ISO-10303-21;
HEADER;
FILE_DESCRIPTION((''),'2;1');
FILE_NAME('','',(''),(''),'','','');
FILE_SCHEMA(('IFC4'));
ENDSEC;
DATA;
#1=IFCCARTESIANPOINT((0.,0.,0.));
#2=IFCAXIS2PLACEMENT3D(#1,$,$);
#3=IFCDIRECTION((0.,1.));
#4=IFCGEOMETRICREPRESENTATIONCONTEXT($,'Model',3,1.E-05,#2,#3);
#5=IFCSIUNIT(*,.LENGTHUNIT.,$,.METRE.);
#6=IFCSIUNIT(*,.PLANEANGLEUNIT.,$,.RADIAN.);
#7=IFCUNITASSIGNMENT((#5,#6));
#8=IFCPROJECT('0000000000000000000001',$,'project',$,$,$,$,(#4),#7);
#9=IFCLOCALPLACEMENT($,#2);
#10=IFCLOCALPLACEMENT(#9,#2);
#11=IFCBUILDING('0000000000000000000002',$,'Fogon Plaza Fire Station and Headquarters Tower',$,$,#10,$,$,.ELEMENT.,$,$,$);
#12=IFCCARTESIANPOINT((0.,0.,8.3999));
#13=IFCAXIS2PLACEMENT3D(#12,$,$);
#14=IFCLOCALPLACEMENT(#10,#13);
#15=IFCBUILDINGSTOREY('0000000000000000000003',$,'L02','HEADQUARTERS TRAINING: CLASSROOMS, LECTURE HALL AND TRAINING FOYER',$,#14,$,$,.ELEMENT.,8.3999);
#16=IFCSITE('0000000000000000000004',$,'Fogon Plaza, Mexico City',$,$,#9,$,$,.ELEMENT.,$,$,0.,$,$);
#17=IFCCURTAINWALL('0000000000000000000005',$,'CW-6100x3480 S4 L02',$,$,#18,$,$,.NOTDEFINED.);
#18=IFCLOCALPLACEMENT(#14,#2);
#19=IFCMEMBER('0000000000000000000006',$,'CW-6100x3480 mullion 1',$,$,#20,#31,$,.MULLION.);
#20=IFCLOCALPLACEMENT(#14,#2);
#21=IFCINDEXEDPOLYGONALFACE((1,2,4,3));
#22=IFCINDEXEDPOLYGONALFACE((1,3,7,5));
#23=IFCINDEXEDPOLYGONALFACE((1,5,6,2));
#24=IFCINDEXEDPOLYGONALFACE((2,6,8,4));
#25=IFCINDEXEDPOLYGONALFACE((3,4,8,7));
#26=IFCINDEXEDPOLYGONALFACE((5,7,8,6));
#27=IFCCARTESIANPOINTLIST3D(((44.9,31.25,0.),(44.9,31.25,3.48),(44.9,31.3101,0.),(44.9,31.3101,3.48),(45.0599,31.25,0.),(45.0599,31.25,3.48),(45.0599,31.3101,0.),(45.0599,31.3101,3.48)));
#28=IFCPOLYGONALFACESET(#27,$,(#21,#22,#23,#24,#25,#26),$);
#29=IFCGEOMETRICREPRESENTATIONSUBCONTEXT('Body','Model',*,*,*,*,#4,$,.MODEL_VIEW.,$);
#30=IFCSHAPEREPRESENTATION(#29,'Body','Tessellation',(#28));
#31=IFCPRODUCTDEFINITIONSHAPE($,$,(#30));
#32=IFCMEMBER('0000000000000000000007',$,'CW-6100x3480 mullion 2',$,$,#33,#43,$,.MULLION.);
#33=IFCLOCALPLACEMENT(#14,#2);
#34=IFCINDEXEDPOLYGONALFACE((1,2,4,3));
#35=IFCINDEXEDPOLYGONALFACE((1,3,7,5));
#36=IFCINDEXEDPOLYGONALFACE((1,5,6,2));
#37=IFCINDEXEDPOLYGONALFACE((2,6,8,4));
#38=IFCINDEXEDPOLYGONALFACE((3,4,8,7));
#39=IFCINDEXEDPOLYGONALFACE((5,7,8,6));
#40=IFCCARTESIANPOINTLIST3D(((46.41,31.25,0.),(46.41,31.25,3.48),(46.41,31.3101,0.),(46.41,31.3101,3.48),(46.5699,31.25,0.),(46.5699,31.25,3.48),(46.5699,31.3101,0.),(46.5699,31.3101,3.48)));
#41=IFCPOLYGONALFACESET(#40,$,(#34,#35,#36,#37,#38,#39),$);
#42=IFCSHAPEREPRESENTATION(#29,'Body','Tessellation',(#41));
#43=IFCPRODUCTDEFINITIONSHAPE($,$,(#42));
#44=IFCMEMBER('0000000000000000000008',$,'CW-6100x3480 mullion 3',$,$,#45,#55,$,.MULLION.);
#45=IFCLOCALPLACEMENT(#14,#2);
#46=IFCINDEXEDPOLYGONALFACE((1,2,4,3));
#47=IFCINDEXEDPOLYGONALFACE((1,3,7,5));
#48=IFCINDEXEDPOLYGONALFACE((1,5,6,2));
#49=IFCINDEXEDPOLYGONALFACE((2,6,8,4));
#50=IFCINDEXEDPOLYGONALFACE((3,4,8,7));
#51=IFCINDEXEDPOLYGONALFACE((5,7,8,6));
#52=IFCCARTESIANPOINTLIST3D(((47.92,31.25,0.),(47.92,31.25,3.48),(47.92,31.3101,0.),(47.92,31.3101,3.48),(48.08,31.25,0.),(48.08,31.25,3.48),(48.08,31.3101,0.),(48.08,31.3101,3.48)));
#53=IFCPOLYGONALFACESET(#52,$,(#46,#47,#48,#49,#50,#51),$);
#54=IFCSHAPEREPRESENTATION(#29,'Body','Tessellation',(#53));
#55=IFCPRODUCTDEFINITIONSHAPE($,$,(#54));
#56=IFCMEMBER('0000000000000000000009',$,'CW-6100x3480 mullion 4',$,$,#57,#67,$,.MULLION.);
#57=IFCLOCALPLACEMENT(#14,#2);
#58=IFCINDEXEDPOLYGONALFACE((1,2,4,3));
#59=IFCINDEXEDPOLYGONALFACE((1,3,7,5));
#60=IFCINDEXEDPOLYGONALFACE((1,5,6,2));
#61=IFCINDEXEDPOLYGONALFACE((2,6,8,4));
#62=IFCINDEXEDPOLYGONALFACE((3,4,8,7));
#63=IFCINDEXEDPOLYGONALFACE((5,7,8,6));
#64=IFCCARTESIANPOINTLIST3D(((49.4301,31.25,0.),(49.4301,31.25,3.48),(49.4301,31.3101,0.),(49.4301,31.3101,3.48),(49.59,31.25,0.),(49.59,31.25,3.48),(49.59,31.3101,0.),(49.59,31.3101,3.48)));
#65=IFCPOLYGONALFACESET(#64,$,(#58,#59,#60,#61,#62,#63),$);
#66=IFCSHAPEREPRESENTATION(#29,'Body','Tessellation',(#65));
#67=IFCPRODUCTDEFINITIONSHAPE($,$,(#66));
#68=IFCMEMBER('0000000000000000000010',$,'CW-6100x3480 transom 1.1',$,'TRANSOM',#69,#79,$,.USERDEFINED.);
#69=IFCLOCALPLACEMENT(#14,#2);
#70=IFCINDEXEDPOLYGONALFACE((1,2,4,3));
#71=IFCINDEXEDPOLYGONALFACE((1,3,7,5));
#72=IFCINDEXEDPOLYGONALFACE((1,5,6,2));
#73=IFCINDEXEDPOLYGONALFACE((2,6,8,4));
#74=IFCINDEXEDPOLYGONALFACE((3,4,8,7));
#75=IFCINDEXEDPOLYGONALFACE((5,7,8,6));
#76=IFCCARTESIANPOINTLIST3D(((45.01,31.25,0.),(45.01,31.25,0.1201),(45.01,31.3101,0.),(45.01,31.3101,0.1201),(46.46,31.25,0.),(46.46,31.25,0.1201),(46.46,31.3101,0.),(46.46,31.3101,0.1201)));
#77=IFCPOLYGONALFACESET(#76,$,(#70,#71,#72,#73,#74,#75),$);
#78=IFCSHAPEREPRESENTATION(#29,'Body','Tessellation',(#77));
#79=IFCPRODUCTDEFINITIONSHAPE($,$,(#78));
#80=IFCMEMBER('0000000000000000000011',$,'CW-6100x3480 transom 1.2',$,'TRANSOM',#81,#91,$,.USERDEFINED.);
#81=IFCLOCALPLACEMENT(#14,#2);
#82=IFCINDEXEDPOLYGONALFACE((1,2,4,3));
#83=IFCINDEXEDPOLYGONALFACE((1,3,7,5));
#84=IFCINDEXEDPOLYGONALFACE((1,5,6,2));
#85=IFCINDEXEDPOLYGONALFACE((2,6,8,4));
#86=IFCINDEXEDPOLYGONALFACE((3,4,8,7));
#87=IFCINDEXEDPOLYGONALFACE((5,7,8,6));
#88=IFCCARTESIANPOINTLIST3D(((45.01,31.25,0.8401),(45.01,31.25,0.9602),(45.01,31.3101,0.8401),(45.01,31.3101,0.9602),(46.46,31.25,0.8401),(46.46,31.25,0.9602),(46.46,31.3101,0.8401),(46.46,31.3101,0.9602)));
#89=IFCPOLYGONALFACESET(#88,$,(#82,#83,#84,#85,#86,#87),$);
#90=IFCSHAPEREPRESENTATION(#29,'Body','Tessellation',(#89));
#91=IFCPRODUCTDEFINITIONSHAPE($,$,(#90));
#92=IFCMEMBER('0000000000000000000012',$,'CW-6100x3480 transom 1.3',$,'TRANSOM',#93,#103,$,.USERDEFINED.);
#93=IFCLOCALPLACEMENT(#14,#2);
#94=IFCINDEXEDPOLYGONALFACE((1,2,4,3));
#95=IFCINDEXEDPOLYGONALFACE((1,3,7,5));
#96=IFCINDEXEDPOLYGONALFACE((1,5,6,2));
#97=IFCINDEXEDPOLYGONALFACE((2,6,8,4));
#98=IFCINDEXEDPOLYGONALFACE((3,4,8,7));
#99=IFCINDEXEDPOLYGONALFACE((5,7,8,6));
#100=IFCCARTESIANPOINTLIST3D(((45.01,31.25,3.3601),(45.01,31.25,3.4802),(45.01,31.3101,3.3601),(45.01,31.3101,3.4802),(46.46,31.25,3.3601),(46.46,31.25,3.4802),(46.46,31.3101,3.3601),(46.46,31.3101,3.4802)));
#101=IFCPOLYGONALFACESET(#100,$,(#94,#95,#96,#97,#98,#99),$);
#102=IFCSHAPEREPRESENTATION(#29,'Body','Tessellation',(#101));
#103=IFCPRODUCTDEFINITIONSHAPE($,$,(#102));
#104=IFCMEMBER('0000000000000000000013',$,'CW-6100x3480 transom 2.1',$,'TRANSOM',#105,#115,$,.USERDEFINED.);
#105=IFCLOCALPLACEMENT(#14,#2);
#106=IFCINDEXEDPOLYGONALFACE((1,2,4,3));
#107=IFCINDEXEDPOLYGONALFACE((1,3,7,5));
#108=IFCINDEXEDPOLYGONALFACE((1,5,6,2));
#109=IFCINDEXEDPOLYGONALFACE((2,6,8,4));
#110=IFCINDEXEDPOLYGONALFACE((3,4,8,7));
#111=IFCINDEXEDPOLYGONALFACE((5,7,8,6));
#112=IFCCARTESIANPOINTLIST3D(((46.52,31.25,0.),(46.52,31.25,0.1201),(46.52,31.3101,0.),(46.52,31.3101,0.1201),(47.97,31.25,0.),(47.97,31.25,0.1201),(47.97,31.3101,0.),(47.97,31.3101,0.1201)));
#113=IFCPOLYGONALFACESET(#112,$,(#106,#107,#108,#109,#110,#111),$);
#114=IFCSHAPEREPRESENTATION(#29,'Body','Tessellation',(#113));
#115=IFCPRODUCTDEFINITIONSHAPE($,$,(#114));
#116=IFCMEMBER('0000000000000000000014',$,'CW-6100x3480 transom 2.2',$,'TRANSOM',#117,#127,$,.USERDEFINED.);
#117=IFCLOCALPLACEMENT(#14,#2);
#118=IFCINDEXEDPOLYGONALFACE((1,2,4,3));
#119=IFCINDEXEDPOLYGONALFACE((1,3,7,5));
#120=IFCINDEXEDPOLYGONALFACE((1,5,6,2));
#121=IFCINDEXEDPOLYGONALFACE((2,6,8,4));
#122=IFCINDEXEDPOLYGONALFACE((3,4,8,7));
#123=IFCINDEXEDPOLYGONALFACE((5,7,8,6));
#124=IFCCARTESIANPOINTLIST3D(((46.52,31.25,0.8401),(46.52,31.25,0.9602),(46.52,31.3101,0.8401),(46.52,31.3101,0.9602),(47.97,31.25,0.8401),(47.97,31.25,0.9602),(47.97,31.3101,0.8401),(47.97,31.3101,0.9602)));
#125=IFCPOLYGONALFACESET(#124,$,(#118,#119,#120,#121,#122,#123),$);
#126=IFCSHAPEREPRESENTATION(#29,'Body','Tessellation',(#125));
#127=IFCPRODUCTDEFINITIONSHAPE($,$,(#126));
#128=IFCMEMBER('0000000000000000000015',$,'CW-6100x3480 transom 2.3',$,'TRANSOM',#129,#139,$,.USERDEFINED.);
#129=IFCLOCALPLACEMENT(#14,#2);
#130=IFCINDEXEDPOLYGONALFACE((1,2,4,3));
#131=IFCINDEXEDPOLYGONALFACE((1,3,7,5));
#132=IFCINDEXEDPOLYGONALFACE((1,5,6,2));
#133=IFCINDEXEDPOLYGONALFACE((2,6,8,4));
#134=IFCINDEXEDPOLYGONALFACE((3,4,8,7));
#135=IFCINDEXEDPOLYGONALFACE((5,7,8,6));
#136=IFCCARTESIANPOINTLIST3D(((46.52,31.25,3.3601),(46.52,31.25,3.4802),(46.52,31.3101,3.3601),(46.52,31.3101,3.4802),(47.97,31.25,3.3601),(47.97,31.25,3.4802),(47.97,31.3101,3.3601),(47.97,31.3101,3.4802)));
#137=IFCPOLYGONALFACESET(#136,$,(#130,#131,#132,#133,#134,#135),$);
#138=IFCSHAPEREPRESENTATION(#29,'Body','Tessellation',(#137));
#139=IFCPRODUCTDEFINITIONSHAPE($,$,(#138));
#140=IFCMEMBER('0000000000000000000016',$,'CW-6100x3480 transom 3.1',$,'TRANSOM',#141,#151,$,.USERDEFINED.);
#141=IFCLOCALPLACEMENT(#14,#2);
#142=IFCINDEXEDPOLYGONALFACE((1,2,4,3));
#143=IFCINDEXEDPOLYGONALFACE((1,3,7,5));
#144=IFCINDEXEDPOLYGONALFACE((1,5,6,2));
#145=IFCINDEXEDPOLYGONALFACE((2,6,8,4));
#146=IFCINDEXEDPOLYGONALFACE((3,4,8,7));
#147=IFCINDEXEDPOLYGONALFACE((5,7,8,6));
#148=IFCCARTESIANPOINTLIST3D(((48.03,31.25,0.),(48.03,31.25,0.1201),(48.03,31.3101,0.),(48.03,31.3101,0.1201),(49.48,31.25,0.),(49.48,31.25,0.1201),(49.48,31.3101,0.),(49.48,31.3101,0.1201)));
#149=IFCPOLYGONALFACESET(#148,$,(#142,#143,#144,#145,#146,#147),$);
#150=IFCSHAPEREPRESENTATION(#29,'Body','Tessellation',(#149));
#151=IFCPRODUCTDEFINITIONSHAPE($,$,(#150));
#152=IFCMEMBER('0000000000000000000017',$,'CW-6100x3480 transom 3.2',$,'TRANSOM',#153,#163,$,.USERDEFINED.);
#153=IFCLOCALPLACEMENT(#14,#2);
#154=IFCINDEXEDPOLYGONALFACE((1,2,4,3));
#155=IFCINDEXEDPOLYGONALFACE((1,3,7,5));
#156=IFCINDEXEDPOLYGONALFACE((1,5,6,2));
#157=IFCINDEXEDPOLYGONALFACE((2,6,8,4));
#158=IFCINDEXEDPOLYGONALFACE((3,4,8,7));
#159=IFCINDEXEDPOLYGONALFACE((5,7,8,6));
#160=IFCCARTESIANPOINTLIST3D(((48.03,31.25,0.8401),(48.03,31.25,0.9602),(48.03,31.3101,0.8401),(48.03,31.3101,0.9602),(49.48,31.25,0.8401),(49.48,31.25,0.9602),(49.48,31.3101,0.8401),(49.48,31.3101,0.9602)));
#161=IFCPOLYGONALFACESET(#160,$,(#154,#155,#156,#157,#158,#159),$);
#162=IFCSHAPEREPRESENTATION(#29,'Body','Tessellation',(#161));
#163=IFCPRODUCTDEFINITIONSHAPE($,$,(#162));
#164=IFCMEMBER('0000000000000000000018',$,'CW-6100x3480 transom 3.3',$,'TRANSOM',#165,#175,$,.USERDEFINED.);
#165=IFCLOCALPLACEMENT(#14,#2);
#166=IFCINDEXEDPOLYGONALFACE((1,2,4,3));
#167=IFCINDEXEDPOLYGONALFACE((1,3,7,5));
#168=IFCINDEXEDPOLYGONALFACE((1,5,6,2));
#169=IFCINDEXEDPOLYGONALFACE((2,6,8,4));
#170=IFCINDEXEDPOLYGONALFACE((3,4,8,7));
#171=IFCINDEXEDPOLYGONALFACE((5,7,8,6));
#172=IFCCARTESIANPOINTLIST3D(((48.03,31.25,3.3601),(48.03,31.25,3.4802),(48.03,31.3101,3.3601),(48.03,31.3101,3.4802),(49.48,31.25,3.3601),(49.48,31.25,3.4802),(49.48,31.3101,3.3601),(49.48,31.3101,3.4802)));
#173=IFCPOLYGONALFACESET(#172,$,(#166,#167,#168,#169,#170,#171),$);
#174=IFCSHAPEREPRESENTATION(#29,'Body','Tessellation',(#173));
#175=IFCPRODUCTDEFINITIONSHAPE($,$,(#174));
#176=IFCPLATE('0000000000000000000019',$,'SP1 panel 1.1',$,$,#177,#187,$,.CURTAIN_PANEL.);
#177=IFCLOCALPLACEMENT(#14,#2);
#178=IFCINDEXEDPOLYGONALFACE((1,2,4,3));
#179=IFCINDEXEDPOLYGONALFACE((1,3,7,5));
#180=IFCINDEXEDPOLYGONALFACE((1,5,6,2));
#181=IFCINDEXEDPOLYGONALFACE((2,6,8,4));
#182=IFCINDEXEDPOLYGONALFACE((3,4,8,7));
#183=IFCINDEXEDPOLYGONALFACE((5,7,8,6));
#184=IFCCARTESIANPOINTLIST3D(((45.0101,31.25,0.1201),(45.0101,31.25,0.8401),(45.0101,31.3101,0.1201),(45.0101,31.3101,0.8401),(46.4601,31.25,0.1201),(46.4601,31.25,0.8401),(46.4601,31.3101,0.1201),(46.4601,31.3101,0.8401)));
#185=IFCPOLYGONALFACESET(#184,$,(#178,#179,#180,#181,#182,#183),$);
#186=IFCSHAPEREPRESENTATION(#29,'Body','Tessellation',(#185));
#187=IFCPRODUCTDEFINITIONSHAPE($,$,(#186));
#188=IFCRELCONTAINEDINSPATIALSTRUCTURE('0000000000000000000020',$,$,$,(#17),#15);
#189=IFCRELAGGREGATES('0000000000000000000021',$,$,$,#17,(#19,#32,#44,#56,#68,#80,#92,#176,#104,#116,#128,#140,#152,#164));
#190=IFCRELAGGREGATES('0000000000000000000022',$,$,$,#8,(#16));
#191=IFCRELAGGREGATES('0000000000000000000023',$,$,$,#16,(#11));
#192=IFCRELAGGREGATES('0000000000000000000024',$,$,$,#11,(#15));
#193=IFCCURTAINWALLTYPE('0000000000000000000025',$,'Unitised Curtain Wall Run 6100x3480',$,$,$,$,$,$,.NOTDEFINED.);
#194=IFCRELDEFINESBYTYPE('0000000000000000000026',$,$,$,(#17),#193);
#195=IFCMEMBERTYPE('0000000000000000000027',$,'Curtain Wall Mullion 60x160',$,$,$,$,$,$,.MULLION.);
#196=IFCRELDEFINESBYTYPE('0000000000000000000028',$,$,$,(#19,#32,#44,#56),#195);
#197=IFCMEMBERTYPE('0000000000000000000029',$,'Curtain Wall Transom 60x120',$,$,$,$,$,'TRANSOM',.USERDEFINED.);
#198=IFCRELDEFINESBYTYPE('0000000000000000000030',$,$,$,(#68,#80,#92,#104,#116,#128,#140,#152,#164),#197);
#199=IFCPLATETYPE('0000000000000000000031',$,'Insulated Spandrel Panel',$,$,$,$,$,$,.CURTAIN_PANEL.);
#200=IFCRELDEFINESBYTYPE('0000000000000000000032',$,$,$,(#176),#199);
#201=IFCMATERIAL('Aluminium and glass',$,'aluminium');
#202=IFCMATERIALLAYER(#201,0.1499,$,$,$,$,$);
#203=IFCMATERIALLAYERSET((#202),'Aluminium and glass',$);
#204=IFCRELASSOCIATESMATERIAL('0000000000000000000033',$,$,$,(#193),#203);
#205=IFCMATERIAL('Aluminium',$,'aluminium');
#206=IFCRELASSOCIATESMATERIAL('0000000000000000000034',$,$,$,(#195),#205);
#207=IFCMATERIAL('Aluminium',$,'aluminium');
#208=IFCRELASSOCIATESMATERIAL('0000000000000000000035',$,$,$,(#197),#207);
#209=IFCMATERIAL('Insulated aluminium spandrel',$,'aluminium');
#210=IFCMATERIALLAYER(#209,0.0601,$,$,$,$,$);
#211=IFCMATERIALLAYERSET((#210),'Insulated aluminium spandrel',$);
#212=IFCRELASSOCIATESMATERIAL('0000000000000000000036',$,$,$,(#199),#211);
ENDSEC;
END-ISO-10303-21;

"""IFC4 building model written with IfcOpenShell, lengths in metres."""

from ifc_helpers import new_model, si_unit, direction, frame, origin, origin_2d, place, context, subcontext, project, spatial, rectangle, extrude, material, layer, layer_set, material_profile, profile_set, type_object, element, aggregate, save


model = new_model("IFC4")

# Units and contexts
model_context = context("Model", 3, precision=1e-05, world=origin(), true_north=direction((0.0, 1.0)))
body_context = subcontext(model_context, "Body", "Model", "MODEL_VIEW")
ifc_project = project(units=[si_unit("LENGTHUNIT", "METRE"), si_unit("PLANEANGLEUNIT", "RADIAN")], contexts=[model_context])

# Site, building, storey
site_placement = place(None, origin())
site = spatial("IfcSite", under=ifc_project, at=site_placement, Name="Fogon Plaza, Mexico City", CompositionType="ELEMENT", RefElevation=0.0)
building_placement = place(site_placement, origin())
building = spatial("IfcBuilding", under=site, at=building_placement, Name="Fogon Plaza Fire Station and Headquarters Tower", CompositionType="ELEMENT")
storey_placement = place(building_placement, frame((0.0, 0.0, 8.3999)))
storey = spatial("IfcBuildingStorey", under=building, at=storey_placement, Name="L02", Description="HEADQUARTERS TRAINING: CLASSROOMS, LECTURE HALL AND TRAINING FOYER", CompositionType="ELEMENT", Elevation=8.3999)

# Curtain wall, members, plate
ifc_material_1 = material(Name="Aluminium and glass", Category="aluminium")
ifc_layer_1 = layer(ifc_material_1, 0.1499)
ifc_layer_set_1 = layer_set([ifc_layer_1], Name="Aluminium and glass")
curtain_wall_type = type_object("IfcCurtainWallType", Name="Unitised Curtain Wall Run 6100x3480", PredefinedType="NOTDEFINED", material=ifc_layer_set_1)
curtain_wall_placement = place(storey_placement, origin())
curtain_wall = element("IfcCurtainWall", 1, at=curtain_wall_placement, inside=storey, type_object=curtain_wall_type, Name="CW-6100x3480 S4 L02", PredefinedType="NOTDEFINED")
ifc_material_2 = material(Name="Aluminium", Category="aluminium")
ifc_material_profile_1 = material_profile(ifc_material_2, rectangle(XDim=0.0601, YDim=0.1599, at=origin_2d()), Name="Curtain Wall Mullion 60x160")
ifc_profile_set_1 = profile_set([ifc_material_profile_1], Name="Aluminium")
member_type_1 = type_object("IfcMemberType", Name="Curtain Wall Mullion 60x160", PredefinedType="MULLION", material=ifc_profile_set_1)
member_1_placement = place(storey_placement, frame((44.98, 31.28, 0.0), z_axis=(0.0, 0.0, 1.0), x_axis=(0.0, 1.0, 0.0)))
member_1 = element("IfcMember", 2, at=member_1_placement, type_object=member_type_1, Name="CW-6100x3480 mullion 1", PredefinedType="MULLION", context=body_context, shape_type="SweptSolid", body=[
    extrude(rectangle(XDim=0.0601, YDim=0.1599, at=origin_2d()), origin(), (0.0, 0.0, 1.0), 3.48),
])
member_2_placement = place(storey_placement, frame((46.49, 31.28, 0.0), z_axis=(0.0, 0.0, 1.0), x_axis=(0.0, 1.0, 0.0)))
member_2 = element("IfcMember", 3, at=member_2_placement, type_object=member_type_1, Name="CW-6100x3480 mullion 2", PredefinedType="MULLION", context=body_context, shape_type="SweptSolid", body=[
    extrude(rectangle(XDim=0.0601, YDim=0.1599, at=origin_2d()), origin(), (0.0, 0.0, 1.0), 3.48),
])
member_3_placement = place(storey_placement, frame((48.0, 31.28, 0.0), z_axis=(0.0, 0.0, 1.0), x_axis=(0.0, 1.0, 0.0)))
member_3 = element("IfcMember", 4, at=member_3_placement, type_object=member_type_1, Name="CW-6100x3480 mullion 3", PredefinedType="MULLION", context=body_context, shape_type="SweptSolid", body=[
    extrude(rectangle(XDim=0.0601, YDim=0.1599, at=origin_2d()), origin(), (0.0, 0.0, 1.0), 3.48),
])
member_4_placement = place(storey_placement, frame((49.51, 31.28, 0.0), z_axis=(0.0, 0.0, 1.0), x_axis=(0.0, 1.0, 0.0)))
member_4 = element("IfcMember", 5, at=member_4_placement, type_object=member_type_1, Name="CW-6100x3480 mullion 4", PredefinedType="MULLION", context=body_context, shape_type="SweptSolid", body=[
    extrude(rectangle(XDim=0.0601, YDim=0.1599, at=origin_2d()), origin(), (0.0, 0.0, 1.0), 3.48),
])
ifc_material_3 = material(Name="Aluminium", Category="aluminium")
ifc_material_profile_2 = material_profile(ifc_material_3, rectangle(XDim=0.0601, YDim=0.1201, at=origin_2d()), Name="Curtain Wall Transom 60x120")
ifc_profile_set_2 = profile_set([ifc_material_profile_2], Name="Aluminium")
member_type_2 = type_object("IfcMemberType", Name="Curtain Wall Transom 60x120", ElementType="TRANSOM", PredefinedType="USERDEFINED", material=ifc_profile_set_2)
member_5_placement = place(storey_placement, frame((45.01, 31.28, 0.0601), z_axis=(1.0, 0.0, 0.0), x_axis=(0.0, 1.0, 0.0)))
member_5 = element("IfcMember", 6, at=member_5_placement, type_object=member_type_2, Name="CW-6100x3480 transom 1.1", ObjectType="TRANSOM", PredefinedType="USERDEFINED", context=body_context, shape_type="SweptSolid", body=[
    extrude(rectangle(XDim=0.0601, YDim=0.1201, at=origin_2d()), origin(), (0.0, 0.0, 1.0), 1.45),
])
member_6_placement = place(storey_placement, frame((45.01, 31.28, 0.9001), z_axis=(1.0, 0.0, 0.0), x_axis=(0.0, 1.0, 0.0)))
member_6 = element("IfcMember", 7, at=member_6_placement, type_object=member_type_2, Name="CW-6100x3480 transom 1.2", ObjectType="TRANSOM", PredefinedType="USERDEFINED", context=body_context, shape_type="SweptSolid", body=[
    extrude(rectangle(XDim=0.0601, YDim=0.1201, at=origin_2d()), origin(), (0.0, 0.0, 1.0), 1.45),
])
member_7_placement = place(storey_placement, frame((45.01, 31.28, 3.4202), z_axis=(1.0, 0.0, 0.0), x_axis=(0.0, 1.0, 0.0)))
member_7 = element("IfcMember", 8, at=member_7_placement, type_object=member_type_2, Name="CW-6100x3480 transom 1.3", ObjectType="TRANSOM", PredefinedType="USERDEFINED", context=body_context, shape_type="SweptSolid", body=[
    extrude(rectangle(XDim=0.0601, YDim=0.1201, at=origin_2d()), origin(), (0.0, 0.0, 1.0), 1.45),
])
member_8_placement = place(storey_placement, frame((46.52, 31.28, 0.0601), z_axis=(1.0, 0.0, 0.0), x_axis=(0.0, 1.0, 0.0)))
member_8 = element("IfcMember", 9, at=member_8_placement, type_object=member_type_2, Name="CW-6100x3480 transom 2.1", ObjectType="TRANSOM", PredefinedType="USERDEFINED", context=body_context, shape_type="SweptSolid", body=[
    extrude(rectangle(XDim=0.0601, YDim=0.1201, at=origin_2d()), origin(), (0.0, 0.0, 1.0), 1.45),
])
member_9_placement = place(storey_placement, frame((46.52, 31.28, 0.9001), z_axis=(1.0, 0.0, 0.0), x_axis=(0.0, 1.0, 0.0)))
member_9 = element("IfcMember", 10, at=member_9_placement, type_object=member_type_2, Name="CW-6100x3480 transom 2.2", ObjectType="TRANSOM", PredefinedType="USERDEFINED", context=body_context, shape_type="SweptSolid", body=[
    extrude(rectangle(XDim=0.0601, YDim=0.1201, at=origin_2d()), origin(), (0.0, 0.0, 1.0), 1.45),
])
member_10_placement = place(storey_placement, frame((46.52, 31.28, 3.4202), z_axis=(1.0, 0.0, 0.0), x_axis=(0.0, 1.0, 0.0)))
member_10 = element("IfcMember", 11, at=member_10_placement, type_object=member_type_2, Name="CW-6100x3480 transom 2.3", ObjectType="TRANSOM", PredefinedType="USERDEFINED", context=body_context, shape_type="SweptSolid", body=[
    extrude(rectangle(XDim=0.0601, YDim=0.1201, at=origin_2d()), origin(), (0.0, 0.0, 1.0), 1.45),
])
member_11_placement = place(storey_placement, frame((48.03, 31.28, 0.0601), z_axis=(1.0, 0.0, 0.0), x_axis=(0.0, 1.0, 0.0)))
member_11 = element("IfcMember", 12, at=member_11_placement, type_object=member_type_2, Name="CW-6100x3480 transom 3.1", ObjectType="TRANSOM", PredefinedType="USERDEFINED", context=body_context, shape_type="SweptSolid", body=[
    extrude(rectangle(XDim=0.0601, YDim=0.1201, at=origin_2d()), origin(), (0.0, 0.0, 1.0), 1.45),
])
member_12_placement = place(storey_placement, frame((48.03, 31.28, 0.9001), z_axis=(1.0, 0.0, 0.0), x_axis=(0.0, 1.0, 0.0)))
member_12 = element("IfcMember", 13, at=member_12_placement, type_object=member_type_2, Name="CW-6100x3480 transom 3.2", ObjectType="TRANSOM", PredefinedType="USERDEFINED", context=body_context, shape_type="SweptSolid", body=[
    extrude(rectangle(XDim=0.0601, YDim=0.1201, at=origin_2d()), origin(), (0.0, 0.0, 1.0), 1.45),
])
member_13_placement = place(storey_placement, frame((48.03, 31.28, 3.4202), z_axis=(1.0, 0.0, 0.0), x_axis=(0.0, 1.0, 0.0)))
member_13 = element("IfcMember", 14, at=member_13_placement, type_object=member_type_2, Name="CW-6100x3480 transom 3.3", ObjectType="TRANSOM", PredefinedType="USERDEFINED", context=body_context, shape_type="SweptSolid", body=[
    extrude(rectangle(XDim=0.0601, YDim=0.1201, at=origin_2d()), origin(), (0.0, 0.0, 1.0), 1.45),
])
ifc_material_4 = material(Name="Insulated aluminium spandrel", Category="aluminium")
ifc_layer_2 = layer(ifc_material_4, 0.0601)
ifc_layer_set_2 = layer_set([ifc_layer_2], Name="Insulated aluminium spandrel")
plate_type_1 = type_object("IfcPlateType", Name="Insulated Spandrel Panel", PredefinedType="CURTAIN_PANEL", material=ifc_layer_set_2)
plate_1_placement = place(storey_placement, frame((45.7351, 31.28, 0.1201), z_axis=(0.0, 0.0, 1.0), x_axis=(1.0, 0.0, 0.0)))
plate_1 = element("IfcPlate", 15, at=plate_1_placement, type_object=plate_type_1, Name="SP1 panel 1.1", PredefinedType="CURTAIN_PANEL", context=body_context, shape_type="SweptSolid", body=[
    extrude(rectangle(XDim=1.45, YDim=0.0601, at=origin_2d()), origin(), (0.0, 0.0, 1.0), 0.72),
])
aggregate(curtain_wall, [member_1, member_2, member_3, member_4, member_5, member_6, member_7, plate_1, member_8, member_9, member_10, member_11, member_12, member_13])

save(model, "model.ifc")
